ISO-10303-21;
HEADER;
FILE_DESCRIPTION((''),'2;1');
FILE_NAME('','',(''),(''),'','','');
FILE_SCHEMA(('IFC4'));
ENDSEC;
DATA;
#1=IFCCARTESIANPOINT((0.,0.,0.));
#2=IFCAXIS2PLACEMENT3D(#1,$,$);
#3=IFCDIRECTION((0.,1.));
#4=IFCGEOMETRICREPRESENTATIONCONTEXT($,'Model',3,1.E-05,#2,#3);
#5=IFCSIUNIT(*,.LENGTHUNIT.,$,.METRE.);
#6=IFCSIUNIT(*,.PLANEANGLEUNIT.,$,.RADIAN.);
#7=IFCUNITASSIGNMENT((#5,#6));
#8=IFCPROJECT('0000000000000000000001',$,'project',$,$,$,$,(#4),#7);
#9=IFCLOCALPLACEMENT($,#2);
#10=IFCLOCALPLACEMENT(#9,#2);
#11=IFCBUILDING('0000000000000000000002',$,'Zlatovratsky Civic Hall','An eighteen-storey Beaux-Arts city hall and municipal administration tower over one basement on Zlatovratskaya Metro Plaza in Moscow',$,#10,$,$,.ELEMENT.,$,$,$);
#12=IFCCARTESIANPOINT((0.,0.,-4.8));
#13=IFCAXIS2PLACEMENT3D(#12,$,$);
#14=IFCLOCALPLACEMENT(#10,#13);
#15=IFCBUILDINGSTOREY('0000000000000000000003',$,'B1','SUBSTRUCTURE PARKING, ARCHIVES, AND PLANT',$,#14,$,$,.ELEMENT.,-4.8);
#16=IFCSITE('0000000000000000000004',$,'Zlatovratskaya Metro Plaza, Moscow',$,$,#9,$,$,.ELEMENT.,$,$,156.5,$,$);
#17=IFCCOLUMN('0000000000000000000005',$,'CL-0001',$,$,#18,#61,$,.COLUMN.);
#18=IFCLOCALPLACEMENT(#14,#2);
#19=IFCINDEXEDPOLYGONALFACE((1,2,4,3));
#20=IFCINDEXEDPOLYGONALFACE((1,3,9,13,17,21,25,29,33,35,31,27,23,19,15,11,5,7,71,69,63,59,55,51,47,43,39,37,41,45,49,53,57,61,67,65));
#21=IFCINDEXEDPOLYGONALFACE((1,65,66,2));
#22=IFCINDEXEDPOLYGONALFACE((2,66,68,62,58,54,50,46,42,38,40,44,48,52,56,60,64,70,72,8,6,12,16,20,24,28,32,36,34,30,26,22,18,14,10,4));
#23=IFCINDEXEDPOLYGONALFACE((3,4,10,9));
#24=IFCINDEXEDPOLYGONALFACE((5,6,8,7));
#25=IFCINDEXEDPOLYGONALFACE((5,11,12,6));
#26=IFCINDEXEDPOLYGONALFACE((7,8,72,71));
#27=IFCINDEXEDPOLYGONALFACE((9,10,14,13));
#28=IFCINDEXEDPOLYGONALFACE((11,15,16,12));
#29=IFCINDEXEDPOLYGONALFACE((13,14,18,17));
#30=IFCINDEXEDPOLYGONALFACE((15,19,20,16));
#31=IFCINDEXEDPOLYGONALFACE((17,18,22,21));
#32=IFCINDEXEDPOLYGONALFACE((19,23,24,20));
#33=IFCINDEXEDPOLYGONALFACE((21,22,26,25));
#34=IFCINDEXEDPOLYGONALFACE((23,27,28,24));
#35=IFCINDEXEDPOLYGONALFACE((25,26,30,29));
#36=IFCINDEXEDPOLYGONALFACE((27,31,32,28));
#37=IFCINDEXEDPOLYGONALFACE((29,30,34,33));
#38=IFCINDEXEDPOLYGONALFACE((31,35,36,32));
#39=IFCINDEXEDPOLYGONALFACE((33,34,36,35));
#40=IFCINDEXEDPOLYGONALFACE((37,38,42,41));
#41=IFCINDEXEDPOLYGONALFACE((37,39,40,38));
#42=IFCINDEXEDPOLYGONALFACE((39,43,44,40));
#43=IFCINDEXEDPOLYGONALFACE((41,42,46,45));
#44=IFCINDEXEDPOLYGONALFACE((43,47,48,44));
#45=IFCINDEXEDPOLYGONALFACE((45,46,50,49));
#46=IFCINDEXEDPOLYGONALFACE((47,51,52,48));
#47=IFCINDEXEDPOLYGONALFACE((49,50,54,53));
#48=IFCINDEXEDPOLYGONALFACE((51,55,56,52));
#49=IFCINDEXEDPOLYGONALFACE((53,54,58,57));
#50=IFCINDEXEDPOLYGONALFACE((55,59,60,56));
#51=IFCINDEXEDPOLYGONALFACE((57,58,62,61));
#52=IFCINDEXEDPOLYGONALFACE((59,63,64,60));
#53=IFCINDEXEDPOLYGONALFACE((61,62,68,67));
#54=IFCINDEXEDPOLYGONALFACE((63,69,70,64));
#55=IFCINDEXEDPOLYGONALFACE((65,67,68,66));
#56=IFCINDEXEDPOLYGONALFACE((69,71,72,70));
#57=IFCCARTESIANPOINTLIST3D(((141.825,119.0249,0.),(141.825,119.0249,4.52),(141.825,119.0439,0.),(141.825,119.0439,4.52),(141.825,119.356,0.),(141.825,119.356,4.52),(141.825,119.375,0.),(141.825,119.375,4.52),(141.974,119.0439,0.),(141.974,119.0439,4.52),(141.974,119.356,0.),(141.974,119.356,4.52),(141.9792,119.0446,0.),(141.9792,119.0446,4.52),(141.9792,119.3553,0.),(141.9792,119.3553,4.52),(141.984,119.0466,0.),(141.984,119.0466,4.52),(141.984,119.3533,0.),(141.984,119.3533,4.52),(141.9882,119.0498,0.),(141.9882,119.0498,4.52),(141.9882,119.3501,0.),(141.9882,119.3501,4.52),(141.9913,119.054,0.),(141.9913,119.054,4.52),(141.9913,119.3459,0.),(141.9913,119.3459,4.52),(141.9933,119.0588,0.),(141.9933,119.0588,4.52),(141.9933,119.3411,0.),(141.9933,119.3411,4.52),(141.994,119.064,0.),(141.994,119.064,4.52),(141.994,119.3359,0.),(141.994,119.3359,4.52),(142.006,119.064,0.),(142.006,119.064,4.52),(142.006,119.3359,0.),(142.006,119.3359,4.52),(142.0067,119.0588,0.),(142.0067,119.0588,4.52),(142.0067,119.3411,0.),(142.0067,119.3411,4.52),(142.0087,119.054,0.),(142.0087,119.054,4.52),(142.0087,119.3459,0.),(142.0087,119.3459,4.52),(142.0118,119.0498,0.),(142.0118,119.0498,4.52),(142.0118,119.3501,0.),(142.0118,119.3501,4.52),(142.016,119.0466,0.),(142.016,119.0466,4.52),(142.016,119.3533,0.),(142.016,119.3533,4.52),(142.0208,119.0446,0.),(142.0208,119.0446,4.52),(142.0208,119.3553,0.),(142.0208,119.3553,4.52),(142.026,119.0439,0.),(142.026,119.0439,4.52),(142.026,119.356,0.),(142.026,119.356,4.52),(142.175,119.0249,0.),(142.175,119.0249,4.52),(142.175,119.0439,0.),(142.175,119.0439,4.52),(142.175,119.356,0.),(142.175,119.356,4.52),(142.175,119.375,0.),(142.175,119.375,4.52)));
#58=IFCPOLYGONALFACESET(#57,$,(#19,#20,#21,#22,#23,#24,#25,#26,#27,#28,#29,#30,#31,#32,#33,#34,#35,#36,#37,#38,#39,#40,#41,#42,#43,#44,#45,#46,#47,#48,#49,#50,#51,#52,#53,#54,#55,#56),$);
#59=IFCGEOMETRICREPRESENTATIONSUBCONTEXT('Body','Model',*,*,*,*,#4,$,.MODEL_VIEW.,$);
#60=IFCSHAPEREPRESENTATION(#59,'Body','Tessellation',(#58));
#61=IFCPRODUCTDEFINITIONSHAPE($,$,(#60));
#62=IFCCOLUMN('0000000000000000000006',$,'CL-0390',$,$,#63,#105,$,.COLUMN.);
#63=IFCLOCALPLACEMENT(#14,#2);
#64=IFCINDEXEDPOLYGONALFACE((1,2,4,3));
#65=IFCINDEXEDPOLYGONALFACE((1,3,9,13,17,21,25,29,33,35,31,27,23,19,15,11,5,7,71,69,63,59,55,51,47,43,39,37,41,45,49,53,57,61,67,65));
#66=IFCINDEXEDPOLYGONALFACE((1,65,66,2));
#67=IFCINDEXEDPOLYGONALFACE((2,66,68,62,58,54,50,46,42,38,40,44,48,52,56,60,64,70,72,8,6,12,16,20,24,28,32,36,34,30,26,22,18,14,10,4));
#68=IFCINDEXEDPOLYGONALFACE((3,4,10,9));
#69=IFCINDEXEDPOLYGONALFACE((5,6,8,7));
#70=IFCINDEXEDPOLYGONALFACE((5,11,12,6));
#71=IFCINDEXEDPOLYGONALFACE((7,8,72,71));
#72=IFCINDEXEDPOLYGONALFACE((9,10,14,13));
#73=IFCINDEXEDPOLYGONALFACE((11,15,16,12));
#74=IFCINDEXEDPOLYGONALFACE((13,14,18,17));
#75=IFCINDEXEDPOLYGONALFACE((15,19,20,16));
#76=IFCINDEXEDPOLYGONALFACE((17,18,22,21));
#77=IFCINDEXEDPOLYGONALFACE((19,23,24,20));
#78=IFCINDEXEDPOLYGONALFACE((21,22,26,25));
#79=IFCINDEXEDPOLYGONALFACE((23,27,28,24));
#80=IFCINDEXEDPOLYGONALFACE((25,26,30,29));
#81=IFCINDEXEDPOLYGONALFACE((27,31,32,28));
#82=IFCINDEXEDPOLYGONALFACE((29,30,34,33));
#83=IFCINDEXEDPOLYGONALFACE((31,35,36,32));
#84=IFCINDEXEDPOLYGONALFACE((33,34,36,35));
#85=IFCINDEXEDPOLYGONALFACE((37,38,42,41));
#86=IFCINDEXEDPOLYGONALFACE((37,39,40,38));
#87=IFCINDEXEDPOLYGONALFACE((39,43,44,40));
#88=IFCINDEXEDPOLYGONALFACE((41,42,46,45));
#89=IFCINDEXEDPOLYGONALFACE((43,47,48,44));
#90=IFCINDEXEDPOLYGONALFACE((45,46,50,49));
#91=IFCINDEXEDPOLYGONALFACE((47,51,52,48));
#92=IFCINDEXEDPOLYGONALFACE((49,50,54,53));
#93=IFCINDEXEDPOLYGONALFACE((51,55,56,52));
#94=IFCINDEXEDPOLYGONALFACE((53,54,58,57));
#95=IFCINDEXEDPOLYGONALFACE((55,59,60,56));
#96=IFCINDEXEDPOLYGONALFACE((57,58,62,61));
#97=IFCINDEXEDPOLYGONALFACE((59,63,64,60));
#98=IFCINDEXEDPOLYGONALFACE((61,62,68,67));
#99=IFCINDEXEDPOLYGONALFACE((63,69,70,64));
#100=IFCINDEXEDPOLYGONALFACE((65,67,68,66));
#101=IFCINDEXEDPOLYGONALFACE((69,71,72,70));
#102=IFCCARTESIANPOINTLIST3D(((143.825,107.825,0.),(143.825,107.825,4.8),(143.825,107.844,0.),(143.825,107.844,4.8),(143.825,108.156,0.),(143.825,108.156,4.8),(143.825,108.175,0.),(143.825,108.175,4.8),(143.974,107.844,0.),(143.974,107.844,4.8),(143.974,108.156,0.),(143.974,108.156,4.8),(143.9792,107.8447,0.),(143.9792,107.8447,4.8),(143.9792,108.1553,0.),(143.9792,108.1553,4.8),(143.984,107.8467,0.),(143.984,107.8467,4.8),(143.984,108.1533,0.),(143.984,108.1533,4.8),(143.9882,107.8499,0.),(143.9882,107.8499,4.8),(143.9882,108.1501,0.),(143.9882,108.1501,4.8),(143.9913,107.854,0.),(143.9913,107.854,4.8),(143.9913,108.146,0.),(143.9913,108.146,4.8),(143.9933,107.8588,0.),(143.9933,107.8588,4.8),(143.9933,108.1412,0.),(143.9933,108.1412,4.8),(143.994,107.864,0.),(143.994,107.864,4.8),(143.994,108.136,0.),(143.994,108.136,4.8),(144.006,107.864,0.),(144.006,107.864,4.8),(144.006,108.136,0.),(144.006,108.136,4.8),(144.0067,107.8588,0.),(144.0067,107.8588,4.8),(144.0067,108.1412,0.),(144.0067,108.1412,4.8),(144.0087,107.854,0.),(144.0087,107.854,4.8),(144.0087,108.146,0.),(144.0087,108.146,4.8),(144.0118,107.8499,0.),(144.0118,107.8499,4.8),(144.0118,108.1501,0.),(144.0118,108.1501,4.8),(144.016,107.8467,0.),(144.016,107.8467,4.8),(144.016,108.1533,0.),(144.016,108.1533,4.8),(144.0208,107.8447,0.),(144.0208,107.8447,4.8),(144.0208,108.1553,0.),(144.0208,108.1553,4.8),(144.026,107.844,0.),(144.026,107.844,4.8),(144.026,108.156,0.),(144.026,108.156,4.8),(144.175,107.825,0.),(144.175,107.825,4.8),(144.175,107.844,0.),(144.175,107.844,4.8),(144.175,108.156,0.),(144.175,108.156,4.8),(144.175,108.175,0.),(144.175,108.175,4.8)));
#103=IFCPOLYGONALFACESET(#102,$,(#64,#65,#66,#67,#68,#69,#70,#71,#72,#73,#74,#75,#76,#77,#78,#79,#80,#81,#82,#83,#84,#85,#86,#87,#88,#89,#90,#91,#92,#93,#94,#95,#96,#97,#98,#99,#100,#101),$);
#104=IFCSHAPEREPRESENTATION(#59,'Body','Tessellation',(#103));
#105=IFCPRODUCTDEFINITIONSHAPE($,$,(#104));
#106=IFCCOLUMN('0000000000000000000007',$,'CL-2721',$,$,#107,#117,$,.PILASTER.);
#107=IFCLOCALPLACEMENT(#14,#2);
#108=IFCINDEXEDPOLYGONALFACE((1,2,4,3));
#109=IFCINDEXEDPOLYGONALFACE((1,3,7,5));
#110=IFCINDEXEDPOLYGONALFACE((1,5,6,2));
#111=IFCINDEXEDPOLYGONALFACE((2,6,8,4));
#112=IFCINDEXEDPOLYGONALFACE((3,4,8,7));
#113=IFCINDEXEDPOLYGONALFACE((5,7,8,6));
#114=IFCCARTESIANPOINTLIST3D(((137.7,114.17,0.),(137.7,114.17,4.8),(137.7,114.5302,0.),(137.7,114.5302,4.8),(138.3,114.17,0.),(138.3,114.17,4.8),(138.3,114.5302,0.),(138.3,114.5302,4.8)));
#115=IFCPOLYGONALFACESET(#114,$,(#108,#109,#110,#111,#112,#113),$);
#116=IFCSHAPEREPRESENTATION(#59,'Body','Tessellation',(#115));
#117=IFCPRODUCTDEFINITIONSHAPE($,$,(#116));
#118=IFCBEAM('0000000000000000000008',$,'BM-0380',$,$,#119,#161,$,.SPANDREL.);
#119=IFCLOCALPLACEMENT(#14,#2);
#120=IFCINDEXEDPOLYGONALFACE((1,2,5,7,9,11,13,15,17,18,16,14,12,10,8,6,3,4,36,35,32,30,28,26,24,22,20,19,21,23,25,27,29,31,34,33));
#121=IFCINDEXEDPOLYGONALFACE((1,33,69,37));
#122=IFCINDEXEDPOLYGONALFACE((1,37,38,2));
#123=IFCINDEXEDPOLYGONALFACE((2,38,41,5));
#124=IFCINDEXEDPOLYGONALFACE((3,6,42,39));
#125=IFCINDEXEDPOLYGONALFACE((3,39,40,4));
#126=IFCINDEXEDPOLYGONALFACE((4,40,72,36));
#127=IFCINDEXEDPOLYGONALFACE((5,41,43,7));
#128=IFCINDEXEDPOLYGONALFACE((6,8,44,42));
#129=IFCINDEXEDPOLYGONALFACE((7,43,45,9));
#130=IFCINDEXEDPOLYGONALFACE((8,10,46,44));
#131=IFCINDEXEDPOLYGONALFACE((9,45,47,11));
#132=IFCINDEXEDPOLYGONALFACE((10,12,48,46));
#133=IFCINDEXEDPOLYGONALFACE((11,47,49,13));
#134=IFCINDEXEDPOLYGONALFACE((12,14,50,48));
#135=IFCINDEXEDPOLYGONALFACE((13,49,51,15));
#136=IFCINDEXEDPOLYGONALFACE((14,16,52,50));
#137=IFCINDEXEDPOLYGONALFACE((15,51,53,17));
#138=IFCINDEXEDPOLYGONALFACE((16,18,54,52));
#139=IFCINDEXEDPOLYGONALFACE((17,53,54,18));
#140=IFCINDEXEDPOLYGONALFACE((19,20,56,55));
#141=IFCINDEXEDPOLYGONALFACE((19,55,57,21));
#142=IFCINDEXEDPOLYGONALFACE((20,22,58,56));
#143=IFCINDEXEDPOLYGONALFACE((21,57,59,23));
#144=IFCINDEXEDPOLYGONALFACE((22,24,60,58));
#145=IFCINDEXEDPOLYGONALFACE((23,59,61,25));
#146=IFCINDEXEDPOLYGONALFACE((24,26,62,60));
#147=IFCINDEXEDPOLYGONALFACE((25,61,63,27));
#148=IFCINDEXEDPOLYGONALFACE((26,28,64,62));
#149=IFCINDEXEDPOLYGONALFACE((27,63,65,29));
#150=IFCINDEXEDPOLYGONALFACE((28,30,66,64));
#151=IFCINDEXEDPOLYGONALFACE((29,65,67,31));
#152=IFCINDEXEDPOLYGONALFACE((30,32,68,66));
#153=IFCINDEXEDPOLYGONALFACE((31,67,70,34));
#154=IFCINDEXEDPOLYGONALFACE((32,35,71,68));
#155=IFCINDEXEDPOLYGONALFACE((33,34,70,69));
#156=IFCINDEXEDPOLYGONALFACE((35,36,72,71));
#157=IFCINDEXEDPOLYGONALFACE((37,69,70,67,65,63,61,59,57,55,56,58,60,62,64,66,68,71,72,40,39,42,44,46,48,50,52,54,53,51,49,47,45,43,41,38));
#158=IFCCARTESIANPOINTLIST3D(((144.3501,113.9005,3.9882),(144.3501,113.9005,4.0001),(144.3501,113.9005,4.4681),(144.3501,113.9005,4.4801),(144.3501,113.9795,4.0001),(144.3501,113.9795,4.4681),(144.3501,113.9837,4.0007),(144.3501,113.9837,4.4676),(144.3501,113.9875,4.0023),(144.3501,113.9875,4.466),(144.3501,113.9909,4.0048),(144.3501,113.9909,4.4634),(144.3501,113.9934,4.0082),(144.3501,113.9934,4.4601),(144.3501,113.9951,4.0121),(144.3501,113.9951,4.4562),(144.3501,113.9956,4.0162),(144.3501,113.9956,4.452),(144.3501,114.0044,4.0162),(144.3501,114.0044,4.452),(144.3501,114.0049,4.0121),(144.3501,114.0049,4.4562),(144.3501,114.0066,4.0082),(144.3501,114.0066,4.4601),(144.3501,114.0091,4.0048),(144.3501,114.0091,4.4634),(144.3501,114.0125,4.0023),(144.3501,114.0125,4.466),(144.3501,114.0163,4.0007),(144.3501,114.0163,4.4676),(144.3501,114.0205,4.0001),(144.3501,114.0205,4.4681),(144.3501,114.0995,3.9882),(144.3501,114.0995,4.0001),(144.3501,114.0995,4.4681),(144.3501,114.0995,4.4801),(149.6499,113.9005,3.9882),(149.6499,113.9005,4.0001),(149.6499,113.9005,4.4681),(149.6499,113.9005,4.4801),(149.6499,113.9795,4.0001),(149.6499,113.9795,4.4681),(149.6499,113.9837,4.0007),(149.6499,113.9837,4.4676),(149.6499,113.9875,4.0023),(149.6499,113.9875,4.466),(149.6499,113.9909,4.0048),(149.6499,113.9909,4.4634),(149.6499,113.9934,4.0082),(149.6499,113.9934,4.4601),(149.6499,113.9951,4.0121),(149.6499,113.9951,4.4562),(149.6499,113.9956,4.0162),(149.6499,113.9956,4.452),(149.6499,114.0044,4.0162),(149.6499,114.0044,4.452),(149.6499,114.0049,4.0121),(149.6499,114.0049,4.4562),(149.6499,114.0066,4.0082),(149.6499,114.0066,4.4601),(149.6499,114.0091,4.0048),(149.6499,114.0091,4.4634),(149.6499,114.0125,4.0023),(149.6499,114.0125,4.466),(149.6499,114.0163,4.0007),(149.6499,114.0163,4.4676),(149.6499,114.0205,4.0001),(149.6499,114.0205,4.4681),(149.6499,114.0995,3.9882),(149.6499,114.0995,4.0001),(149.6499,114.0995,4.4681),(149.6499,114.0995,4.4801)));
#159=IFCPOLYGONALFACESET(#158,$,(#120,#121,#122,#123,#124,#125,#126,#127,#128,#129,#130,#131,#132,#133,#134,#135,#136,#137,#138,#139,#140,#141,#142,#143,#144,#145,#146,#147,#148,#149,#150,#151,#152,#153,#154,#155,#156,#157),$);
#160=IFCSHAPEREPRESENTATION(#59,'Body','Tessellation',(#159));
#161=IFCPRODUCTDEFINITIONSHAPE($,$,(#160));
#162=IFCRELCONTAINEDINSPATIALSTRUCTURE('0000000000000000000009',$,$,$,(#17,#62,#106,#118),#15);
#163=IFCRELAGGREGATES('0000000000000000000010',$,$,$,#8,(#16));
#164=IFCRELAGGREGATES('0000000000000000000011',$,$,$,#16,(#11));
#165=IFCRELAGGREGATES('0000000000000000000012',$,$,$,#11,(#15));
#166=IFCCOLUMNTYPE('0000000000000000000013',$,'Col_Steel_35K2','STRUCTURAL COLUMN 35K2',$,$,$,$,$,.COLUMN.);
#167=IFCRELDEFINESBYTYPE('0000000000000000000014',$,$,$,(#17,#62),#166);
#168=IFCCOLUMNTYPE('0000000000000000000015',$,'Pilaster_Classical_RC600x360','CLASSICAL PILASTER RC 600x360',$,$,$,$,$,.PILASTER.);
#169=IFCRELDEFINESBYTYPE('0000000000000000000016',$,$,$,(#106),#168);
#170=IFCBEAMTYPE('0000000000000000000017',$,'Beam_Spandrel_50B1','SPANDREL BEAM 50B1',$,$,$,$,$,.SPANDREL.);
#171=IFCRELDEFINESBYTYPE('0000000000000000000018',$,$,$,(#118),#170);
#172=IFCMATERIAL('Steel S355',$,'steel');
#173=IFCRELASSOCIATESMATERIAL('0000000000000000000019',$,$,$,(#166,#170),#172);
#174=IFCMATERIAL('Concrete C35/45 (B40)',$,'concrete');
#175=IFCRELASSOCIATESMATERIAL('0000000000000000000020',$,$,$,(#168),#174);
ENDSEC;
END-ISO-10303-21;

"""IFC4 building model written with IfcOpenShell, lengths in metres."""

from ifc_helpers import new_model, si_unit, direction, frame, origin, origin_2d, place, context, subcontext, project, spatial, rectangle, i_section, extrude, material, material_profile, profile_set, type_object, element, save


model = new_model("IFC4")

# Units and contexts
model_context = context("Model", 3, precision=1e-05, world=origin(), true_north=direction((0.0, 1.0)))
body_context = subcontext(model_context, "Body", "Model", "MODEL_VIEW")
ifc_project = project(units=[si_unit("LENGTHUNIT", "METRE"), si_unit("PLANEANGLEUNIT", "RADIAN")], contexts=[model_context])

# Site, building, storey
site_placement = place(None, origin())
site = spatial("IfcSite", under=ifc_project, at=site_placement, Name="Zlatovratskaya Metro Plaza, Moscow", CompositionType="ELEMENT", RefElevation=156.5)
building_placement = place(site_placement, origin())
building = spatial("IfcBuilding", under=site, at=building_placement, Name="Zlatovratsky Civic Hall", Description="An eighteen-storey Beaux-Arts city hall and municipal administration tower over one basement on Zlatovratskaya Metro Plaza in Moscow", CompositionType="ELEMENT")
storey_placement = place(building_placement, frame((0.0, 0.0, -4.8)))
storey = spatial("IfcBuildingStorey", under=building, at=storey_placement, Name="B1", Description="SUBSTRUCTURE PARKING, ARCHIVES, AND PLANT", CompositionType="ELEMENT", Elevation=-4.8)

# Columns
ifc_material_1 = material(Name="Concrete C35/45 (B40)", Category="concrete")
ifc_material_2 = material(Name="Steel S355", Category="steel")
ifc_material_profile_1 = material_profile(ifc_material_2, i_section(OverallWidth=0.3501, OverallDepth=0.3501, WebThickness=0.012, FlangeThickness=0.019, FilletRadius=0.02, at=origin_2d()), Name="35K2")
ifc_profile_set_1 = profile_set([ifc_material_profile_1], Name="Steel S355")
column_type_1 = type_object("IfcColumnType", Name="Col_Steel_35K2", Description="STRUCTURAL COLUMN 35K2", PredefinedType="COLUMN", material=ifc_profile_set_1)
column_1_placement = place(storey_placement, frame((142.0, 119.2, 0.0), z_axis=(0.0, 0.0, 1.0), x_axis=(1.0, 0.0, 0.0)))
element("IfcColumn", 1, at=column_1_placement, inside=storey, type_object=column_type_1, Name="CL-0001", PredefinedType="COLUMN", context=body_context, shape_type="SweptSolid", body=[
    extrude(i_section(OverallWidth=0.3501, OverallDepth=0.3501, WebThickness=0.012, FlangeThickness=0.019, FilletRadius=0.02, at=origin_2d()), origin(), (0.0, 0.0, 1.0), 4.52),
])
column_2_placement = place(storey_placement, frame((144.0, 108.0, 0.0), z_axis=(0.0, 0.0, 1.0), x_axis=(1.0, 0.0, 0.0)))
element("IfcColumn", 2, at=column_2_placement, inside=storey, type_object=column_type_1, Name="CL-0390", PredefinedType="COLUMN", context=body_context, shape_type="SweptSolid", body=[
    extrude(i_section(OverallWidth=0.3501, OverallDepth=0.3501, WebThickness=0.012, FlangeThickness=0.019, FilletRadius=0.02, at=origin_2d()), origin(), (0.0, 0.0, 1.0), 4.8),
])
ifc_material_profile_2 = material_profile(ifc_material_1, rectangle(XDim=0.6001, YDim=0.3601, at=origin_2d()), Name="RC 600x360")
ifc_profile_set_2 = profile_set([ifc_material_profile_2], Name="Concrete C35/45 (B40)")
column_type_2 = type_object("IfcColumnType", Name="Pilaster_Classical_RC600x360", Description="CLASSICAL PILASTER RC 600x360", PredefinedType="PILASTER", material=ifc_profile_set_2)
column_3_placement = place(storey_placement, frame((138.0, 114.3501, 0.0), z_axis=(0.0, 0.0, 1.0), x_axis=(1.0, 0.0, 0.0)))
element("IfcColumn", 3, at=column_3_placement, inside=storey, type_object=column_type_2, Name="CL-2721", PredefinedType="PILASTER", context=body_context, shape_type="SweptSolid", body=[
    extrude(rectangle(XDim=0.6001, YDim=0.3601, at=origin_2d()), origin(), (0.0, 0.0, 1.0), 4.8),
])

# Beam
ifc_material_profile_3 = material_profile(ifc_material_2, i_section(OverallWidth=0.199, OverallDepth=0.4919, WebThickness=0.0088, FlangeThickness=0.012, FilletRadius=0.0161, at=origin_2d()), Name="50B1")
ifc_profile_set_3 = profile_set([ifc_material_profile_3], Name="Steel S355")
beam_type_1 = type_object("IfcBeamType", Name="Beam_Spandrel_50B1", Description="SPANDREL BEAM 50B1", PredefinedType="SPANDREL", material=ifc_profile_set_3)
beam_1_placement = place(storey_placement, frame((144.3501, 114.0, 4.2341), z_axis=(1.0, 0.0, 0.0), x_axis=(0.0, 1.0, 0.0)))
element("IfcBeam", 4, at=beam_1_placement, inside=storey, type_object=beam_type_1, Name="BM-0380", PredefinedType="SPANDREL", context=body_context, shape_type="SweptSolid", body=[
    extrude(i_section(OverallWidth=0.199, OverallDepth=0.4919, WebThickness=0.0088, FlangeThickness=0.012, FilletRadius=0.0161, at=origin_2d()), origin(), (0.0, 0.0, 1.0), 5.2998),
])

save(model, "model.ifc")
